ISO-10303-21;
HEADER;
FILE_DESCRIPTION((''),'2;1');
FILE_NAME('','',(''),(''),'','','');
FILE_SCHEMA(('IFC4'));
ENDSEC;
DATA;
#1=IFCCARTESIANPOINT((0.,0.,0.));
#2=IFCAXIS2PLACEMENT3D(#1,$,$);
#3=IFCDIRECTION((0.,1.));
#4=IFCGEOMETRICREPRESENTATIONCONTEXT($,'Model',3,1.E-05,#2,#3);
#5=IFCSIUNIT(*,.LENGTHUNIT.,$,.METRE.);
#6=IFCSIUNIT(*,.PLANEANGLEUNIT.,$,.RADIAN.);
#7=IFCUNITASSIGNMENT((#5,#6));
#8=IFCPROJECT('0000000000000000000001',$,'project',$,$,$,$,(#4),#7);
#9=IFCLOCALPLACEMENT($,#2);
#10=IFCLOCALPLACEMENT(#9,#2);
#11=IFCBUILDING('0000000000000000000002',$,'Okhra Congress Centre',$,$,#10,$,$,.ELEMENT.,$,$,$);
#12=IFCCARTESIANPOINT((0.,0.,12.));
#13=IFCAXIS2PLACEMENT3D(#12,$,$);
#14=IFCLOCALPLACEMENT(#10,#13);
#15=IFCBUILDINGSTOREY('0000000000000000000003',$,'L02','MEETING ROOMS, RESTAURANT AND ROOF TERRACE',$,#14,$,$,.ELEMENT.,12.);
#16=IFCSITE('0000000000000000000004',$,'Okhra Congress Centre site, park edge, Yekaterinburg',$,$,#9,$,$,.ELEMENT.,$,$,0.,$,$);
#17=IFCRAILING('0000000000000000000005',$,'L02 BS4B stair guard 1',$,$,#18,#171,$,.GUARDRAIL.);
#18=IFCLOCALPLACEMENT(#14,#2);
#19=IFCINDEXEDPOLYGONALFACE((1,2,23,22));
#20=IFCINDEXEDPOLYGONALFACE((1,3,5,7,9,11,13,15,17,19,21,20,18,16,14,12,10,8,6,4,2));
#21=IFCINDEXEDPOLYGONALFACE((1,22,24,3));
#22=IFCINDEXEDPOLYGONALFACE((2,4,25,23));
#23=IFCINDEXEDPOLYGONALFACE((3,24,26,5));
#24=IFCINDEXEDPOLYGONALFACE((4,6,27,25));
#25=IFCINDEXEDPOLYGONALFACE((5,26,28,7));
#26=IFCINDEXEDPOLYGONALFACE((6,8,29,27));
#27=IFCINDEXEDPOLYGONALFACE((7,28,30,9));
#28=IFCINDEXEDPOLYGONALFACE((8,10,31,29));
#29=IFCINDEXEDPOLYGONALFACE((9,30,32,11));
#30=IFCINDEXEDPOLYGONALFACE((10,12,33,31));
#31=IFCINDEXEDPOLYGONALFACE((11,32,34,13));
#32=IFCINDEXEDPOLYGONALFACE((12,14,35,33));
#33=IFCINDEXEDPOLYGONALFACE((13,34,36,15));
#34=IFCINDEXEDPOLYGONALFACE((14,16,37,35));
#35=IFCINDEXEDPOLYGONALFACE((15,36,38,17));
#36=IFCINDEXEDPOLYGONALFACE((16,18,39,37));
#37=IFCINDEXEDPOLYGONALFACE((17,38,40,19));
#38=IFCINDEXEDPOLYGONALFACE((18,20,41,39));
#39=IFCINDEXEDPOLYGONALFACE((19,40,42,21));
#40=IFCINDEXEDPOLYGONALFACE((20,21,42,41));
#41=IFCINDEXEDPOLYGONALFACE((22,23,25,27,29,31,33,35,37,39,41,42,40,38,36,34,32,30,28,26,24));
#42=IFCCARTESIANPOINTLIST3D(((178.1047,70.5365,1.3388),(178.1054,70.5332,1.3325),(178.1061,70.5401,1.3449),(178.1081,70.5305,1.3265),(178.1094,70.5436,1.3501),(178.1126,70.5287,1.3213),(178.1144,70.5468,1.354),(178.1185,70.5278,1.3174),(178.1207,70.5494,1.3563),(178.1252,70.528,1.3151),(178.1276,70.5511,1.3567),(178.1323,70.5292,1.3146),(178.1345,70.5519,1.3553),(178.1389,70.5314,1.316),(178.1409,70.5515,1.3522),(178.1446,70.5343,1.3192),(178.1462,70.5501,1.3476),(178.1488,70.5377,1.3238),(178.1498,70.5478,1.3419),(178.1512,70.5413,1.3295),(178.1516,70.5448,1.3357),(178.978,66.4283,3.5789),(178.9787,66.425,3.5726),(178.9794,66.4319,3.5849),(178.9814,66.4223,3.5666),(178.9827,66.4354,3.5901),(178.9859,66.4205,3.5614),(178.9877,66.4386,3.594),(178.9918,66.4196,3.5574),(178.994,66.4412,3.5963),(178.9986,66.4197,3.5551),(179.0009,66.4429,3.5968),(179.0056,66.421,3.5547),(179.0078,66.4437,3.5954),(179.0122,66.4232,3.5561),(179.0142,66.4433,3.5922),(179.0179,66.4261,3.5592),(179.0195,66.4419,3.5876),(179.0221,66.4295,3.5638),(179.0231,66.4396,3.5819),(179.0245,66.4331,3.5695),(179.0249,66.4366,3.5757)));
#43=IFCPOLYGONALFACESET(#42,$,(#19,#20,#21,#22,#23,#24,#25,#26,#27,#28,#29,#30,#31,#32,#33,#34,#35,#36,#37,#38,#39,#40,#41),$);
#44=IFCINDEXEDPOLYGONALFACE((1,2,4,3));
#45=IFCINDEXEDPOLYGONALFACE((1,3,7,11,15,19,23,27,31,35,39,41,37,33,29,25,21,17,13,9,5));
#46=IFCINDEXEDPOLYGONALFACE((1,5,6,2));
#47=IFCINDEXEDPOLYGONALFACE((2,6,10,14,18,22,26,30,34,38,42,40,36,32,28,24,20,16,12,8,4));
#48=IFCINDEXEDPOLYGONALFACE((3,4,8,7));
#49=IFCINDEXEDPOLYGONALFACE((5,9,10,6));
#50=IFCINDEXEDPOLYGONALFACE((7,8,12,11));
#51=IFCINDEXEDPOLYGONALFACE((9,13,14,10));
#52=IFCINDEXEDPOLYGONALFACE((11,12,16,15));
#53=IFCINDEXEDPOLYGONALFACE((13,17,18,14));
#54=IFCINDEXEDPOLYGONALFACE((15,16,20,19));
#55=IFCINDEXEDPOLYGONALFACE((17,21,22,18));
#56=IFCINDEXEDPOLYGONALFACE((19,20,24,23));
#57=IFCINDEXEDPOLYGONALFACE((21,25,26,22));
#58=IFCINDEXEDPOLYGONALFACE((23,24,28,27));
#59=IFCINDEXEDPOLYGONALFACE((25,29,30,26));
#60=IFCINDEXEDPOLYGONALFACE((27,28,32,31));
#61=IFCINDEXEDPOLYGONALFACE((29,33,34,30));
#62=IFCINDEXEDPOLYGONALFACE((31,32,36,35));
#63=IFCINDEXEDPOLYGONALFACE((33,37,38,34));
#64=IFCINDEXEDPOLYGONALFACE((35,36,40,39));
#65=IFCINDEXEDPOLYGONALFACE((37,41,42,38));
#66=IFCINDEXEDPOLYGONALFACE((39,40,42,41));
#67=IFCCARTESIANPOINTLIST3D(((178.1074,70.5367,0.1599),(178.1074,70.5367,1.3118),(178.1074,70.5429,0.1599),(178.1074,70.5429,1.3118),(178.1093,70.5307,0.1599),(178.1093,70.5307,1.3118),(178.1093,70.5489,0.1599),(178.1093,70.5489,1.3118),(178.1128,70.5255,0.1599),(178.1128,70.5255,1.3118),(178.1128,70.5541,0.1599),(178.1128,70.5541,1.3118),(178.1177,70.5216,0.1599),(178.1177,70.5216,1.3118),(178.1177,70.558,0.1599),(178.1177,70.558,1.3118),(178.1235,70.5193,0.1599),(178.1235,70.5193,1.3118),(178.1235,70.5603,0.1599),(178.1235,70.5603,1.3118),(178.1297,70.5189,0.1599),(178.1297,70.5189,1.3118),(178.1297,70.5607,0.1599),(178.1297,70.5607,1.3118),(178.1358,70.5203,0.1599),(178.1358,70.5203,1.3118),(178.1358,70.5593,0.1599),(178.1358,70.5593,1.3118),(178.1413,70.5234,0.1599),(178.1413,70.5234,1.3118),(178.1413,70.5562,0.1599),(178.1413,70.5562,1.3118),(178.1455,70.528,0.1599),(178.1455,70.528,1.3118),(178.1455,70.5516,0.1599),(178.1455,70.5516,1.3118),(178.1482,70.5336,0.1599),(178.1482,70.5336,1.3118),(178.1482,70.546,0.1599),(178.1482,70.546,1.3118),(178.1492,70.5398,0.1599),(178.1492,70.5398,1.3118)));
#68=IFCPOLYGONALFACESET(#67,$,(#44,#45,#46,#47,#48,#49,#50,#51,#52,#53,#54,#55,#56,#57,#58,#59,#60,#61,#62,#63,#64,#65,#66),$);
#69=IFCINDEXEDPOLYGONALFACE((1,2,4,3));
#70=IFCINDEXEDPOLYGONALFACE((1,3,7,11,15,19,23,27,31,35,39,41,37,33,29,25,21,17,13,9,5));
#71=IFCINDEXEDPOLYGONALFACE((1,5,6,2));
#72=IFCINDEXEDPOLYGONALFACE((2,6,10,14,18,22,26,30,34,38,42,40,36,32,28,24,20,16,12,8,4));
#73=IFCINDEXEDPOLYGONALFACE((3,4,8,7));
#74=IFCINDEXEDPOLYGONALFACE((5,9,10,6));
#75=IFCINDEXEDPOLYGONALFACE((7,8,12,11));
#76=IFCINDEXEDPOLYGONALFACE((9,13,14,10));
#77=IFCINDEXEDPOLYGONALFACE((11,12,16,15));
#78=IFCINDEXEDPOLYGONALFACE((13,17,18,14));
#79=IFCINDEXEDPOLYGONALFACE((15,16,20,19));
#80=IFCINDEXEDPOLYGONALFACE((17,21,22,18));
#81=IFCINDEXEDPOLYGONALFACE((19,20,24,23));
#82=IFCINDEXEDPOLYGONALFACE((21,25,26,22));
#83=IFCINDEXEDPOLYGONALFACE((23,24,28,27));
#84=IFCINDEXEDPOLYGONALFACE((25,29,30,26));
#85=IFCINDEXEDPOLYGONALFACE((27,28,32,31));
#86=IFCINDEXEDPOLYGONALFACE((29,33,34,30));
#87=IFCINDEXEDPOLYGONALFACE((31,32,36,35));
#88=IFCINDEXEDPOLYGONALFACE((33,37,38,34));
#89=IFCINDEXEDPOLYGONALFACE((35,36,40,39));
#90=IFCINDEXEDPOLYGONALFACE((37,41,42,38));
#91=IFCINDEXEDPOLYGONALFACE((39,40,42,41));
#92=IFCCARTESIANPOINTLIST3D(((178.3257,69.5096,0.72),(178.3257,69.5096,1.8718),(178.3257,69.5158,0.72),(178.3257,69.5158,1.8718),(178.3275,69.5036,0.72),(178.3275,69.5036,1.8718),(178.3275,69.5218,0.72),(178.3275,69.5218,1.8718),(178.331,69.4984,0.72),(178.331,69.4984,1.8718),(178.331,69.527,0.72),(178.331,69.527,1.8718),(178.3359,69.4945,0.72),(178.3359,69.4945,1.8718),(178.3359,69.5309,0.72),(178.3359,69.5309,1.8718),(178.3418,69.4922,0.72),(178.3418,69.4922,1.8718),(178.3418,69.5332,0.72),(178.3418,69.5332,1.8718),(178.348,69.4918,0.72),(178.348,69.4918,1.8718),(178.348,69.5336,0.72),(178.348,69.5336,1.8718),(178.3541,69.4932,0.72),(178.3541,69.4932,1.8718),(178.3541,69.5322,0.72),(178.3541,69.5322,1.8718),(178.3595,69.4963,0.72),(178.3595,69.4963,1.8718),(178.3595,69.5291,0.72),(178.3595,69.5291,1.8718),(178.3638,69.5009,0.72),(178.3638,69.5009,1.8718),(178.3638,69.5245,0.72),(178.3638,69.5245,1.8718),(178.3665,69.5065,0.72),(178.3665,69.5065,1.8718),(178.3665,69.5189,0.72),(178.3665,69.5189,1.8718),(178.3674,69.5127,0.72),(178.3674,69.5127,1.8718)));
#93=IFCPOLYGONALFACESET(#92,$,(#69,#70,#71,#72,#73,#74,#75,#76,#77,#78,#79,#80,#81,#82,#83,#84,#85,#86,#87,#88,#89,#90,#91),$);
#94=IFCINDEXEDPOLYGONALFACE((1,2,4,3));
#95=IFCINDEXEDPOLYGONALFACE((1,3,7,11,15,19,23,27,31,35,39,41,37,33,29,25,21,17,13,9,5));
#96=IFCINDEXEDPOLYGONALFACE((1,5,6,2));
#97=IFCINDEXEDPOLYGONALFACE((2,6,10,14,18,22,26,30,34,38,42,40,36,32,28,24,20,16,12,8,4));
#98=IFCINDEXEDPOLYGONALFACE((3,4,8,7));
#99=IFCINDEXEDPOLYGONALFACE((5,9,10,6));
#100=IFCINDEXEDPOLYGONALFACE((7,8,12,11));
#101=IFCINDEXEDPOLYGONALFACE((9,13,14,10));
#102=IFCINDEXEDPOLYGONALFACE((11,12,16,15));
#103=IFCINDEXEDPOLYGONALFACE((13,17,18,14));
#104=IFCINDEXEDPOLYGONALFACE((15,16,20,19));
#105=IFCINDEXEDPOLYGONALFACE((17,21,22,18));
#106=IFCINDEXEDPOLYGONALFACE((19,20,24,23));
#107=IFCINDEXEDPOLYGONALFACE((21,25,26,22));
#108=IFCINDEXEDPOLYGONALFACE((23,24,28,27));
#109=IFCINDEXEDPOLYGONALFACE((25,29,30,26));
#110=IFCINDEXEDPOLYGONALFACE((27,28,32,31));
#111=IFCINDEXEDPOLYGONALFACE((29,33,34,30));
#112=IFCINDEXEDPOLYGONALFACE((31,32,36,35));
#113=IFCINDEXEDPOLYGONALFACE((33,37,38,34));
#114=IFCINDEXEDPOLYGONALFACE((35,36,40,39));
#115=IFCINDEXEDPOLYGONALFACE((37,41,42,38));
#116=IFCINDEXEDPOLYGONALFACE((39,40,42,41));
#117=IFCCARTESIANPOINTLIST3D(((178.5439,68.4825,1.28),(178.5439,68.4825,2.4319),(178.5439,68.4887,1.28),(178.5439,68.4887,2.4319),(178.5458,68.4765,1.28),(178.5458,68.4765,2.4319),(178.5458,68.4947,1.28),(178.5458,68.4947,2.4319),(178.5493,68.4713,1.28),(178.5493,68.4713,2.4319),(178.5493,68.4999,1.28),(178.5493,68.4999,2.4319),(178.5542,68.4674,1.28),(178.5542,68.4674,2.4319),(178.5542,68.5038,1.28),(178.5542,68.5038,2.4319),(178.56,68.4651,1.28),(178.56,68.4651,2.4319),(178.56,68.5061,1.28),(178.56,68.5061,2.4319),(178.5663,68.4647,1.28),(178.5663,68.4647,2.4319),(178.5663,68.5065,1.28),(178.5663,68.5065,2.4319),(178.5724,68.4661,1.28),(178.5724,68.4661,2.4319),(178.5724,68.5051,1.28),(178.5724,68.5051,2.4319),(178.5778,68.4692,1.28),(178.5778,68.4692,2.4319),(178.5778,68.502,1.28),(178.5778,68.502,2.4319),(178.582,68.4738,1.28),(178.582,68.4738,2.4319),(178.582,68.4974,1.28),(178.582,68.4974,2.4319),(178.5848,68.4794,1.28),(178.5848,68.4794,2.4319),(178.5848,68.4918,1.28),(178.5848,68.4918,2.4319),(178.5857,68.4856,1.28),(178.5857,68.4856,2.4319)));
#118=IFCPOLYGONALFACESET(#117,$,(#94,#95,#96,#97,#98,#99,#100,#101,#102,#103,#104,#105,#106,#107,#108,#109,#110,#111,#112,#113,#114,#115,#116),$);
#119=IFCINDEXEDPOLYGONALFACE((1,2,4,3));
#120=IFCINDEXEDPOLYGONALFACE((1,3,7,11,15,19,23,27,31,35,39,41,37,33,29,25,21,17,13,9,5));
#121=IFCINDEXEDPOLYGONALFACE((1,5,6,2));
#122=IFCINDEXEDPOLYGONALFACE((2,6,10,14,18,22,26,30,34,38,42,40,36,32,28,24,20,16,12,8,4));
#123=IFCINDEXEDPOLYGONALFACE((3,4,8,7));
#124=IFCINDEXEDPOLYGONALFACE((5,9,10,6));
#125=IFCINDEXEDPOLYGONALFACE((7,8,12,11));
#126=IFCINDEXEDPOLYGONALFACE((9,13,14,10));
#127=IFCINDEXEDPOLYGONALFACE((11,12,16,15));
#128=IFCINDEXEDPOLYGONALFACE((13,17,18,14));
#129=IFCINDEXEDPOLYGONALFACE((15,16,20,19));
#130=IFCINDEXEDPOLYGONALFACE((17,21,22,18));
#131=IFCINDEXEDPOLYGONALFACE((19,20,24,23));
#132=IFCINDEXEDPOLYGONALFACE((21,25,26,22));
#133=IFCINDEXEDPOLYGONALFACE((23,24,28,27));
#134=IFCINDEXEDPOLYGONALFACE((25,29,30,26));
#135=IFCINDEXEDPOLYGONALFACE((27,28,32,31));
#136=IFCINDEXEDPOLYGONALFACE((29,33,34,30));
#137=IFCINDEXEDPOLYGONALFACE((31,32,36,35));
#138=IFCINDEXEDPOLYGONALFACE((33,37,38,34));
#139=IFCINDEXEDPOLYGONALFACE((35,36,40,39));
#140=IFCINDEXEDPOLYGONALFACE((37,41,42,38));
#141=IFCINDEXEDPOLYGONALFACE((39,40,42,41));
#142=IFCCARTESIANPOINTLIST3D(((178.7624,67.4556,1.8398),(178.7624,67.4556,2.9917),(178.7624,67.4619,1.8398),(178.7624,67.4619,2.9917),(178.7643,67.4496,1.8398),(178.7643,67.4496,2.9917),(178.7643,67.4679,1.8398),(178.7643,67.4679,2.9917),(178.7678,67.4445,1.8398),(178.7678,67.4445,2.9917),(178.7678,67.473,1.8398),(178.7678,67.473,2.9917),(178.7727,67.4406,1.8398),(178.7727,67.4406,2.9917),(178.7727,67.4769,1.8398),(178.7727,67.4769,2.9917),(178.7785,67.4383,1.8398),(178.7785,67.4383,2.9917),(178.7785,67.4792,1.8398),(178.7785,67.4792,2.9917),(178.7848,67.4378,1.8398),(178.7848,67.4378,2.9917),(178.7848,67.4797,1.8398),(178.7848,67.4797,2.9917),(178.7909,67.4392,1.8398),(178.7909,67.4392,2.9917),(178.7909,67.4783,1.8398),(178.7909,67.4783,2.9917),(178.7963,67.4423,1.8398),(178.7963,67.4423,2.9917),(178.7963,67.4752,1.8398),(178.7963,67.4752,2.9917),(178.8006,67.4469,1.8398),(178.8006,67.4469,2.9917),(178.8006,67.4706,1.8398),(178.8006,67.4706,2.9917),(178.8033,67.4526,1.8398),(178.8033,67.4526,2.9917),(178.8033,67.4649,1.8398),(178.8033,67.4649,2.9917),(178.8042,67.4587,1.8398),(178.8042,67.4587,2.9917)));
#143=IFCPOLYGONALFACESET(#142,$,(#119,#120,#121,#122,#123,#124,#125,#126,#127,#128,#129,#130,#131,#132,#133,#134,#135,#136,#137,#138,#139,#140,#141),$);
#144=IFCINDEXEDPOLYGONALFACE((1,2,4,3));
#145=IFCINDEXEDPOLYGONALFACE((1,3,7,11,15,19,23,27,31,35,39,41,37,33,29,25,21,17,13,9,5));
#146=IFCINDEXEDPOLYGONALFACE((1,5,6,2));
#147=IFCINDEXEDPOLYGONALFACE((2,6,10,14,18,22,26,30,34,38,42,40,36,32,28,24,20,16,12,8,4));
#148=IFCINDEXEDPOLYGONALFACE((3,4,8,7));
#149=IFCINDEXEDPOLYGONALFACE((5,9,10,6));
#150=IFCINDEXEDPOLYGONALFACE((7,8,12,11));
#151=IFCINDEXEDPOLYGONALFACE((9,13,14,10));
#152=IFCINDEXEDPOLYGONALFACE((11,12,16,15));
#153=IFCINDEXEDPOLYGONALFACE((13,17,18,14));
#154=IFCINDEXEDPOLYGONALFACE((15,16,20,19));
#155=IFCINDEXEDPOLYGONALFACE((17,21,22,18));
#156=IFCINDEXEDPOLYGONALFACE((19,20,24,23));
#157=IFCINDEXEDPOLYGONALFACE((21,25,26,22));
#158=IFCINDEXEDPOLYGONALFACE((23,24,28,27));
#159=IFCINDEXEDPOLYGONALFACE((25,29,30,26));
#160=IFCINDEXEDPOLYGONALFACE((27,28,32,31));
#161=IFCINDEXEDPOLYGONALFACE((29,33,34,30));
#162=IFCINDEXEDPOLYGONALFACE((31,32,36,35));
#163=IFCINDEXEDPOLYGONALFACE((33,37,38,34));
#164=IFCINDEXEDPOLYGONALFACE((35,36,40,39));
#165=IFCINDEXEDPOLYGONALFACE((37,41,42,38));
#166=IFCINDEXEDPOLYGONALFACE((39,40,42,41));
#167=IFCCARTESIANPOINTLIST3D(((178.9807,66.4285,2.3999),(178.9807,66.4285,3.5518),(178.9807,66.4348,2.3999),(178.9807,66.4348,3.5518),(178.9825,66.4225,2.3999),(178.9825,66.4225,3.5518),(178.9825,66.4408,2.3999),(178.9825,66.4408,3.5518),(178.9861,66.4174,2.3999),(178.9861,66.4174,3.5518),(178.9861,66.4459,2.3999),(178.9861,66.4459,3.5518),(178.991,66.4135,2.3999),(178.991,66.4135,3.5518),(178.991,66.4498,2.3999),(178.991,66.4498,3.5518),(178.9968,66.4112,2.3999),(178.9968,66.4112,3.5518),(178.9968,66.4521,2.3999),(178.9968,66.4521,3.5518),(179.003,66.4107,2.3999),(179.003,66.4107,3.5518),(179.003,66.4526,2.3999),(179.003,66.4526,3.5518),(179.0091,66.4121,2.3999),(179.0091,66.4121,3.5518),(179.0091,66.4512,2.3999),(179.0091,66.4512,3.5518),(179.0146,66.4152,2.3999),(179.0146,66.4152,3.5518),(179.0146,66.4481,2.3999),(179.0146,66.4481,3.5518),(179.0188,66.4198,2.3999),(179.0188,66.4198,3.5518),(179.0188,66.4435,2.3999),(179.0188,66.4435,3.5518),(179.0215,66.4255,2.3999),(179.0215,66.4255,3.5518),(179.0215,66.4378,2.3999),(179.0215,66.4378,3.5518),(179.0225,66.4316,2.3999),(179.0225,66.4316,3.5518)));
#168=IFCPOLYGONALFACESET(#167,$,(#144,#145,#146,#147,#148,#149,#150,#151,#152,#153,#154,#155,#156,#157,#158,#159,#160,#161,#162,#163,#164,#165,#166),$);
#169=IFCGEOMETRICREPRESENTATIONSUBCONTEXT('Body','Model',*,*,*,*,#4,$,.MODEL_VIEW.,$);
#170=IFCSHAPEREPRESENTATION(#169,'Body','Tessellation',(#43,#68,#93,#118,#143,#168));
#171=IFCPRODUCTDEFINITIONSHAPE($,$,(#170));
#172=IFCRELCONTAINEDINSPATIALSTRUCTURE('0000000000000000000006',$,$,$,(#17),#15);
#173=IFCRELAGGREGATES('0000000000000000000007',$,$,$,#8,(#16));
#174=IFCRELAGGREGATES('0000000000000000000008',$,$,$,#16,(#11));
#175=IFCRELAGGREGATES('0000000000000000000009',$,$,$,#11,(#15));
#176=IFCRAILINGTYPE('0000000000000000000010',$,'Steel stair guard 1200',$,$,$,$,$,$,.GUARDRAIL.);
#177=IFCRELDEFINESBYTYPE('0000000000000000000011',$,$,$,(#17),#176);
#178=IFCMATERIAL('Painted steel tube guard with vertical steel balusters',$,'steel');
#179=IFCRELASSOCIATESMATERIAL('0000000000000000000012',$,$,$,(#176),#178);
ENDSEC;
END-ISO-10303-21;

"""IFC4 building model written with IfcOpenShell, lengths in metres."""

from ifc_helpers import new_model, si_unit, direction, frame, origin, origin_2d, place, context, subcontext, project, spatial, circle, extrude, material, type_object, element, save


model = new_model("IFC4")

# Units and contexts
model_context = context("Model", 3, precision=1e-05, world=origin(), true_north=direction((0.0, 1.0)))
body_context = subcontext(model_context, "Body", "Model", "MODEL_VIEW")
ifc_project = project(units=[si_unit("LENGTHUNIT", "METRE"), si_unit("PLANEANGLEUNIT", "RADIAN")], contexts=[model_context])

# Site, building, storey
site_placement = place(None, origin())
site = spatial("IfcSite", under=ifc_project, at=site_placement, Name="Okhra Congress Centre site, park edge, Yekaterinburg", CompositionType="ELEMENT", RefElevation=0.0)
building_placement = place(site_placement, origin())
building = spatial("IfcBuilding", under=site, at=building_placement, Name="Okhra Congress Centre", CompositionType="ELEMENT")
storey_placement = place(building_placement, frame((0.0, 0.0, 12.0)))
storey = spatial("IfcBuildingStorey", under=building, at=storey_placement, Name="L02", Description="MEETING ROOMS, RESTAURANT AND ROOF TERRACE", CompositionType="ELEMENT", Elevation=12.0)

# Railing
ifc_material_1 = material(Name="Painted steel tube guard with vertical steel balusters", Category="steel")
railing_type_1 = type_object("IfcRailingType", Name="Steel stair guard 1200", PredefinedType="GUARDRAIL", material=ifc_material_1)
railing_1_placement = place(storey_placement, frame((178.1282, 70.5398, 0.1599)))
element("IfcRailing", 1, at=railing_1_placement, inside=storey, type_object=railing_type_1, Name="L02 BS4B stair guard 1", PredefinedType="GUARDRAIL", context=body_context, shape_type="SweptSolid", body=[
    extrude(circle(Radius=0.0239, at=origin_2d()), frame((0.0, 0.0, 1.1758), z_axis=(0.183466, -0.863067, 0.470591), x_axis=(0.978144, 0.207929, 0.0)), (0.0, 0.0, 1.0), 4.76),
    extrude(circle(Radius=0.021, at=origin_2d()), origin(), (0.0, 0.0, 1.0), 1.1519),
    extrude(circle(Radius=0.021, at=origin_2d()), frame((0.2183, -1.0271, 0.5601)), (0.0, 0.0, 1.0), 1.1519),
    extrude(circle(Radius=0.021, at=origin_2d()), frame((0.4365, -2.0542, 1.1201)), (0.0, 0.0, 1.0), 1.1519),
    extrude(circle(Radius=0.021, at=origin_2d()), frame((0.655, -3.0811, 1.6799)), (0.0, 0.0, 1.0), 1.1519),
    extrude(circle(Radius=0.021, at=origin_2d()), frame((0.8733, -4.1082, 2.24)), (0.0, 0.0, 1.0), 1.1519),
])

save(model, "model.ifc")
